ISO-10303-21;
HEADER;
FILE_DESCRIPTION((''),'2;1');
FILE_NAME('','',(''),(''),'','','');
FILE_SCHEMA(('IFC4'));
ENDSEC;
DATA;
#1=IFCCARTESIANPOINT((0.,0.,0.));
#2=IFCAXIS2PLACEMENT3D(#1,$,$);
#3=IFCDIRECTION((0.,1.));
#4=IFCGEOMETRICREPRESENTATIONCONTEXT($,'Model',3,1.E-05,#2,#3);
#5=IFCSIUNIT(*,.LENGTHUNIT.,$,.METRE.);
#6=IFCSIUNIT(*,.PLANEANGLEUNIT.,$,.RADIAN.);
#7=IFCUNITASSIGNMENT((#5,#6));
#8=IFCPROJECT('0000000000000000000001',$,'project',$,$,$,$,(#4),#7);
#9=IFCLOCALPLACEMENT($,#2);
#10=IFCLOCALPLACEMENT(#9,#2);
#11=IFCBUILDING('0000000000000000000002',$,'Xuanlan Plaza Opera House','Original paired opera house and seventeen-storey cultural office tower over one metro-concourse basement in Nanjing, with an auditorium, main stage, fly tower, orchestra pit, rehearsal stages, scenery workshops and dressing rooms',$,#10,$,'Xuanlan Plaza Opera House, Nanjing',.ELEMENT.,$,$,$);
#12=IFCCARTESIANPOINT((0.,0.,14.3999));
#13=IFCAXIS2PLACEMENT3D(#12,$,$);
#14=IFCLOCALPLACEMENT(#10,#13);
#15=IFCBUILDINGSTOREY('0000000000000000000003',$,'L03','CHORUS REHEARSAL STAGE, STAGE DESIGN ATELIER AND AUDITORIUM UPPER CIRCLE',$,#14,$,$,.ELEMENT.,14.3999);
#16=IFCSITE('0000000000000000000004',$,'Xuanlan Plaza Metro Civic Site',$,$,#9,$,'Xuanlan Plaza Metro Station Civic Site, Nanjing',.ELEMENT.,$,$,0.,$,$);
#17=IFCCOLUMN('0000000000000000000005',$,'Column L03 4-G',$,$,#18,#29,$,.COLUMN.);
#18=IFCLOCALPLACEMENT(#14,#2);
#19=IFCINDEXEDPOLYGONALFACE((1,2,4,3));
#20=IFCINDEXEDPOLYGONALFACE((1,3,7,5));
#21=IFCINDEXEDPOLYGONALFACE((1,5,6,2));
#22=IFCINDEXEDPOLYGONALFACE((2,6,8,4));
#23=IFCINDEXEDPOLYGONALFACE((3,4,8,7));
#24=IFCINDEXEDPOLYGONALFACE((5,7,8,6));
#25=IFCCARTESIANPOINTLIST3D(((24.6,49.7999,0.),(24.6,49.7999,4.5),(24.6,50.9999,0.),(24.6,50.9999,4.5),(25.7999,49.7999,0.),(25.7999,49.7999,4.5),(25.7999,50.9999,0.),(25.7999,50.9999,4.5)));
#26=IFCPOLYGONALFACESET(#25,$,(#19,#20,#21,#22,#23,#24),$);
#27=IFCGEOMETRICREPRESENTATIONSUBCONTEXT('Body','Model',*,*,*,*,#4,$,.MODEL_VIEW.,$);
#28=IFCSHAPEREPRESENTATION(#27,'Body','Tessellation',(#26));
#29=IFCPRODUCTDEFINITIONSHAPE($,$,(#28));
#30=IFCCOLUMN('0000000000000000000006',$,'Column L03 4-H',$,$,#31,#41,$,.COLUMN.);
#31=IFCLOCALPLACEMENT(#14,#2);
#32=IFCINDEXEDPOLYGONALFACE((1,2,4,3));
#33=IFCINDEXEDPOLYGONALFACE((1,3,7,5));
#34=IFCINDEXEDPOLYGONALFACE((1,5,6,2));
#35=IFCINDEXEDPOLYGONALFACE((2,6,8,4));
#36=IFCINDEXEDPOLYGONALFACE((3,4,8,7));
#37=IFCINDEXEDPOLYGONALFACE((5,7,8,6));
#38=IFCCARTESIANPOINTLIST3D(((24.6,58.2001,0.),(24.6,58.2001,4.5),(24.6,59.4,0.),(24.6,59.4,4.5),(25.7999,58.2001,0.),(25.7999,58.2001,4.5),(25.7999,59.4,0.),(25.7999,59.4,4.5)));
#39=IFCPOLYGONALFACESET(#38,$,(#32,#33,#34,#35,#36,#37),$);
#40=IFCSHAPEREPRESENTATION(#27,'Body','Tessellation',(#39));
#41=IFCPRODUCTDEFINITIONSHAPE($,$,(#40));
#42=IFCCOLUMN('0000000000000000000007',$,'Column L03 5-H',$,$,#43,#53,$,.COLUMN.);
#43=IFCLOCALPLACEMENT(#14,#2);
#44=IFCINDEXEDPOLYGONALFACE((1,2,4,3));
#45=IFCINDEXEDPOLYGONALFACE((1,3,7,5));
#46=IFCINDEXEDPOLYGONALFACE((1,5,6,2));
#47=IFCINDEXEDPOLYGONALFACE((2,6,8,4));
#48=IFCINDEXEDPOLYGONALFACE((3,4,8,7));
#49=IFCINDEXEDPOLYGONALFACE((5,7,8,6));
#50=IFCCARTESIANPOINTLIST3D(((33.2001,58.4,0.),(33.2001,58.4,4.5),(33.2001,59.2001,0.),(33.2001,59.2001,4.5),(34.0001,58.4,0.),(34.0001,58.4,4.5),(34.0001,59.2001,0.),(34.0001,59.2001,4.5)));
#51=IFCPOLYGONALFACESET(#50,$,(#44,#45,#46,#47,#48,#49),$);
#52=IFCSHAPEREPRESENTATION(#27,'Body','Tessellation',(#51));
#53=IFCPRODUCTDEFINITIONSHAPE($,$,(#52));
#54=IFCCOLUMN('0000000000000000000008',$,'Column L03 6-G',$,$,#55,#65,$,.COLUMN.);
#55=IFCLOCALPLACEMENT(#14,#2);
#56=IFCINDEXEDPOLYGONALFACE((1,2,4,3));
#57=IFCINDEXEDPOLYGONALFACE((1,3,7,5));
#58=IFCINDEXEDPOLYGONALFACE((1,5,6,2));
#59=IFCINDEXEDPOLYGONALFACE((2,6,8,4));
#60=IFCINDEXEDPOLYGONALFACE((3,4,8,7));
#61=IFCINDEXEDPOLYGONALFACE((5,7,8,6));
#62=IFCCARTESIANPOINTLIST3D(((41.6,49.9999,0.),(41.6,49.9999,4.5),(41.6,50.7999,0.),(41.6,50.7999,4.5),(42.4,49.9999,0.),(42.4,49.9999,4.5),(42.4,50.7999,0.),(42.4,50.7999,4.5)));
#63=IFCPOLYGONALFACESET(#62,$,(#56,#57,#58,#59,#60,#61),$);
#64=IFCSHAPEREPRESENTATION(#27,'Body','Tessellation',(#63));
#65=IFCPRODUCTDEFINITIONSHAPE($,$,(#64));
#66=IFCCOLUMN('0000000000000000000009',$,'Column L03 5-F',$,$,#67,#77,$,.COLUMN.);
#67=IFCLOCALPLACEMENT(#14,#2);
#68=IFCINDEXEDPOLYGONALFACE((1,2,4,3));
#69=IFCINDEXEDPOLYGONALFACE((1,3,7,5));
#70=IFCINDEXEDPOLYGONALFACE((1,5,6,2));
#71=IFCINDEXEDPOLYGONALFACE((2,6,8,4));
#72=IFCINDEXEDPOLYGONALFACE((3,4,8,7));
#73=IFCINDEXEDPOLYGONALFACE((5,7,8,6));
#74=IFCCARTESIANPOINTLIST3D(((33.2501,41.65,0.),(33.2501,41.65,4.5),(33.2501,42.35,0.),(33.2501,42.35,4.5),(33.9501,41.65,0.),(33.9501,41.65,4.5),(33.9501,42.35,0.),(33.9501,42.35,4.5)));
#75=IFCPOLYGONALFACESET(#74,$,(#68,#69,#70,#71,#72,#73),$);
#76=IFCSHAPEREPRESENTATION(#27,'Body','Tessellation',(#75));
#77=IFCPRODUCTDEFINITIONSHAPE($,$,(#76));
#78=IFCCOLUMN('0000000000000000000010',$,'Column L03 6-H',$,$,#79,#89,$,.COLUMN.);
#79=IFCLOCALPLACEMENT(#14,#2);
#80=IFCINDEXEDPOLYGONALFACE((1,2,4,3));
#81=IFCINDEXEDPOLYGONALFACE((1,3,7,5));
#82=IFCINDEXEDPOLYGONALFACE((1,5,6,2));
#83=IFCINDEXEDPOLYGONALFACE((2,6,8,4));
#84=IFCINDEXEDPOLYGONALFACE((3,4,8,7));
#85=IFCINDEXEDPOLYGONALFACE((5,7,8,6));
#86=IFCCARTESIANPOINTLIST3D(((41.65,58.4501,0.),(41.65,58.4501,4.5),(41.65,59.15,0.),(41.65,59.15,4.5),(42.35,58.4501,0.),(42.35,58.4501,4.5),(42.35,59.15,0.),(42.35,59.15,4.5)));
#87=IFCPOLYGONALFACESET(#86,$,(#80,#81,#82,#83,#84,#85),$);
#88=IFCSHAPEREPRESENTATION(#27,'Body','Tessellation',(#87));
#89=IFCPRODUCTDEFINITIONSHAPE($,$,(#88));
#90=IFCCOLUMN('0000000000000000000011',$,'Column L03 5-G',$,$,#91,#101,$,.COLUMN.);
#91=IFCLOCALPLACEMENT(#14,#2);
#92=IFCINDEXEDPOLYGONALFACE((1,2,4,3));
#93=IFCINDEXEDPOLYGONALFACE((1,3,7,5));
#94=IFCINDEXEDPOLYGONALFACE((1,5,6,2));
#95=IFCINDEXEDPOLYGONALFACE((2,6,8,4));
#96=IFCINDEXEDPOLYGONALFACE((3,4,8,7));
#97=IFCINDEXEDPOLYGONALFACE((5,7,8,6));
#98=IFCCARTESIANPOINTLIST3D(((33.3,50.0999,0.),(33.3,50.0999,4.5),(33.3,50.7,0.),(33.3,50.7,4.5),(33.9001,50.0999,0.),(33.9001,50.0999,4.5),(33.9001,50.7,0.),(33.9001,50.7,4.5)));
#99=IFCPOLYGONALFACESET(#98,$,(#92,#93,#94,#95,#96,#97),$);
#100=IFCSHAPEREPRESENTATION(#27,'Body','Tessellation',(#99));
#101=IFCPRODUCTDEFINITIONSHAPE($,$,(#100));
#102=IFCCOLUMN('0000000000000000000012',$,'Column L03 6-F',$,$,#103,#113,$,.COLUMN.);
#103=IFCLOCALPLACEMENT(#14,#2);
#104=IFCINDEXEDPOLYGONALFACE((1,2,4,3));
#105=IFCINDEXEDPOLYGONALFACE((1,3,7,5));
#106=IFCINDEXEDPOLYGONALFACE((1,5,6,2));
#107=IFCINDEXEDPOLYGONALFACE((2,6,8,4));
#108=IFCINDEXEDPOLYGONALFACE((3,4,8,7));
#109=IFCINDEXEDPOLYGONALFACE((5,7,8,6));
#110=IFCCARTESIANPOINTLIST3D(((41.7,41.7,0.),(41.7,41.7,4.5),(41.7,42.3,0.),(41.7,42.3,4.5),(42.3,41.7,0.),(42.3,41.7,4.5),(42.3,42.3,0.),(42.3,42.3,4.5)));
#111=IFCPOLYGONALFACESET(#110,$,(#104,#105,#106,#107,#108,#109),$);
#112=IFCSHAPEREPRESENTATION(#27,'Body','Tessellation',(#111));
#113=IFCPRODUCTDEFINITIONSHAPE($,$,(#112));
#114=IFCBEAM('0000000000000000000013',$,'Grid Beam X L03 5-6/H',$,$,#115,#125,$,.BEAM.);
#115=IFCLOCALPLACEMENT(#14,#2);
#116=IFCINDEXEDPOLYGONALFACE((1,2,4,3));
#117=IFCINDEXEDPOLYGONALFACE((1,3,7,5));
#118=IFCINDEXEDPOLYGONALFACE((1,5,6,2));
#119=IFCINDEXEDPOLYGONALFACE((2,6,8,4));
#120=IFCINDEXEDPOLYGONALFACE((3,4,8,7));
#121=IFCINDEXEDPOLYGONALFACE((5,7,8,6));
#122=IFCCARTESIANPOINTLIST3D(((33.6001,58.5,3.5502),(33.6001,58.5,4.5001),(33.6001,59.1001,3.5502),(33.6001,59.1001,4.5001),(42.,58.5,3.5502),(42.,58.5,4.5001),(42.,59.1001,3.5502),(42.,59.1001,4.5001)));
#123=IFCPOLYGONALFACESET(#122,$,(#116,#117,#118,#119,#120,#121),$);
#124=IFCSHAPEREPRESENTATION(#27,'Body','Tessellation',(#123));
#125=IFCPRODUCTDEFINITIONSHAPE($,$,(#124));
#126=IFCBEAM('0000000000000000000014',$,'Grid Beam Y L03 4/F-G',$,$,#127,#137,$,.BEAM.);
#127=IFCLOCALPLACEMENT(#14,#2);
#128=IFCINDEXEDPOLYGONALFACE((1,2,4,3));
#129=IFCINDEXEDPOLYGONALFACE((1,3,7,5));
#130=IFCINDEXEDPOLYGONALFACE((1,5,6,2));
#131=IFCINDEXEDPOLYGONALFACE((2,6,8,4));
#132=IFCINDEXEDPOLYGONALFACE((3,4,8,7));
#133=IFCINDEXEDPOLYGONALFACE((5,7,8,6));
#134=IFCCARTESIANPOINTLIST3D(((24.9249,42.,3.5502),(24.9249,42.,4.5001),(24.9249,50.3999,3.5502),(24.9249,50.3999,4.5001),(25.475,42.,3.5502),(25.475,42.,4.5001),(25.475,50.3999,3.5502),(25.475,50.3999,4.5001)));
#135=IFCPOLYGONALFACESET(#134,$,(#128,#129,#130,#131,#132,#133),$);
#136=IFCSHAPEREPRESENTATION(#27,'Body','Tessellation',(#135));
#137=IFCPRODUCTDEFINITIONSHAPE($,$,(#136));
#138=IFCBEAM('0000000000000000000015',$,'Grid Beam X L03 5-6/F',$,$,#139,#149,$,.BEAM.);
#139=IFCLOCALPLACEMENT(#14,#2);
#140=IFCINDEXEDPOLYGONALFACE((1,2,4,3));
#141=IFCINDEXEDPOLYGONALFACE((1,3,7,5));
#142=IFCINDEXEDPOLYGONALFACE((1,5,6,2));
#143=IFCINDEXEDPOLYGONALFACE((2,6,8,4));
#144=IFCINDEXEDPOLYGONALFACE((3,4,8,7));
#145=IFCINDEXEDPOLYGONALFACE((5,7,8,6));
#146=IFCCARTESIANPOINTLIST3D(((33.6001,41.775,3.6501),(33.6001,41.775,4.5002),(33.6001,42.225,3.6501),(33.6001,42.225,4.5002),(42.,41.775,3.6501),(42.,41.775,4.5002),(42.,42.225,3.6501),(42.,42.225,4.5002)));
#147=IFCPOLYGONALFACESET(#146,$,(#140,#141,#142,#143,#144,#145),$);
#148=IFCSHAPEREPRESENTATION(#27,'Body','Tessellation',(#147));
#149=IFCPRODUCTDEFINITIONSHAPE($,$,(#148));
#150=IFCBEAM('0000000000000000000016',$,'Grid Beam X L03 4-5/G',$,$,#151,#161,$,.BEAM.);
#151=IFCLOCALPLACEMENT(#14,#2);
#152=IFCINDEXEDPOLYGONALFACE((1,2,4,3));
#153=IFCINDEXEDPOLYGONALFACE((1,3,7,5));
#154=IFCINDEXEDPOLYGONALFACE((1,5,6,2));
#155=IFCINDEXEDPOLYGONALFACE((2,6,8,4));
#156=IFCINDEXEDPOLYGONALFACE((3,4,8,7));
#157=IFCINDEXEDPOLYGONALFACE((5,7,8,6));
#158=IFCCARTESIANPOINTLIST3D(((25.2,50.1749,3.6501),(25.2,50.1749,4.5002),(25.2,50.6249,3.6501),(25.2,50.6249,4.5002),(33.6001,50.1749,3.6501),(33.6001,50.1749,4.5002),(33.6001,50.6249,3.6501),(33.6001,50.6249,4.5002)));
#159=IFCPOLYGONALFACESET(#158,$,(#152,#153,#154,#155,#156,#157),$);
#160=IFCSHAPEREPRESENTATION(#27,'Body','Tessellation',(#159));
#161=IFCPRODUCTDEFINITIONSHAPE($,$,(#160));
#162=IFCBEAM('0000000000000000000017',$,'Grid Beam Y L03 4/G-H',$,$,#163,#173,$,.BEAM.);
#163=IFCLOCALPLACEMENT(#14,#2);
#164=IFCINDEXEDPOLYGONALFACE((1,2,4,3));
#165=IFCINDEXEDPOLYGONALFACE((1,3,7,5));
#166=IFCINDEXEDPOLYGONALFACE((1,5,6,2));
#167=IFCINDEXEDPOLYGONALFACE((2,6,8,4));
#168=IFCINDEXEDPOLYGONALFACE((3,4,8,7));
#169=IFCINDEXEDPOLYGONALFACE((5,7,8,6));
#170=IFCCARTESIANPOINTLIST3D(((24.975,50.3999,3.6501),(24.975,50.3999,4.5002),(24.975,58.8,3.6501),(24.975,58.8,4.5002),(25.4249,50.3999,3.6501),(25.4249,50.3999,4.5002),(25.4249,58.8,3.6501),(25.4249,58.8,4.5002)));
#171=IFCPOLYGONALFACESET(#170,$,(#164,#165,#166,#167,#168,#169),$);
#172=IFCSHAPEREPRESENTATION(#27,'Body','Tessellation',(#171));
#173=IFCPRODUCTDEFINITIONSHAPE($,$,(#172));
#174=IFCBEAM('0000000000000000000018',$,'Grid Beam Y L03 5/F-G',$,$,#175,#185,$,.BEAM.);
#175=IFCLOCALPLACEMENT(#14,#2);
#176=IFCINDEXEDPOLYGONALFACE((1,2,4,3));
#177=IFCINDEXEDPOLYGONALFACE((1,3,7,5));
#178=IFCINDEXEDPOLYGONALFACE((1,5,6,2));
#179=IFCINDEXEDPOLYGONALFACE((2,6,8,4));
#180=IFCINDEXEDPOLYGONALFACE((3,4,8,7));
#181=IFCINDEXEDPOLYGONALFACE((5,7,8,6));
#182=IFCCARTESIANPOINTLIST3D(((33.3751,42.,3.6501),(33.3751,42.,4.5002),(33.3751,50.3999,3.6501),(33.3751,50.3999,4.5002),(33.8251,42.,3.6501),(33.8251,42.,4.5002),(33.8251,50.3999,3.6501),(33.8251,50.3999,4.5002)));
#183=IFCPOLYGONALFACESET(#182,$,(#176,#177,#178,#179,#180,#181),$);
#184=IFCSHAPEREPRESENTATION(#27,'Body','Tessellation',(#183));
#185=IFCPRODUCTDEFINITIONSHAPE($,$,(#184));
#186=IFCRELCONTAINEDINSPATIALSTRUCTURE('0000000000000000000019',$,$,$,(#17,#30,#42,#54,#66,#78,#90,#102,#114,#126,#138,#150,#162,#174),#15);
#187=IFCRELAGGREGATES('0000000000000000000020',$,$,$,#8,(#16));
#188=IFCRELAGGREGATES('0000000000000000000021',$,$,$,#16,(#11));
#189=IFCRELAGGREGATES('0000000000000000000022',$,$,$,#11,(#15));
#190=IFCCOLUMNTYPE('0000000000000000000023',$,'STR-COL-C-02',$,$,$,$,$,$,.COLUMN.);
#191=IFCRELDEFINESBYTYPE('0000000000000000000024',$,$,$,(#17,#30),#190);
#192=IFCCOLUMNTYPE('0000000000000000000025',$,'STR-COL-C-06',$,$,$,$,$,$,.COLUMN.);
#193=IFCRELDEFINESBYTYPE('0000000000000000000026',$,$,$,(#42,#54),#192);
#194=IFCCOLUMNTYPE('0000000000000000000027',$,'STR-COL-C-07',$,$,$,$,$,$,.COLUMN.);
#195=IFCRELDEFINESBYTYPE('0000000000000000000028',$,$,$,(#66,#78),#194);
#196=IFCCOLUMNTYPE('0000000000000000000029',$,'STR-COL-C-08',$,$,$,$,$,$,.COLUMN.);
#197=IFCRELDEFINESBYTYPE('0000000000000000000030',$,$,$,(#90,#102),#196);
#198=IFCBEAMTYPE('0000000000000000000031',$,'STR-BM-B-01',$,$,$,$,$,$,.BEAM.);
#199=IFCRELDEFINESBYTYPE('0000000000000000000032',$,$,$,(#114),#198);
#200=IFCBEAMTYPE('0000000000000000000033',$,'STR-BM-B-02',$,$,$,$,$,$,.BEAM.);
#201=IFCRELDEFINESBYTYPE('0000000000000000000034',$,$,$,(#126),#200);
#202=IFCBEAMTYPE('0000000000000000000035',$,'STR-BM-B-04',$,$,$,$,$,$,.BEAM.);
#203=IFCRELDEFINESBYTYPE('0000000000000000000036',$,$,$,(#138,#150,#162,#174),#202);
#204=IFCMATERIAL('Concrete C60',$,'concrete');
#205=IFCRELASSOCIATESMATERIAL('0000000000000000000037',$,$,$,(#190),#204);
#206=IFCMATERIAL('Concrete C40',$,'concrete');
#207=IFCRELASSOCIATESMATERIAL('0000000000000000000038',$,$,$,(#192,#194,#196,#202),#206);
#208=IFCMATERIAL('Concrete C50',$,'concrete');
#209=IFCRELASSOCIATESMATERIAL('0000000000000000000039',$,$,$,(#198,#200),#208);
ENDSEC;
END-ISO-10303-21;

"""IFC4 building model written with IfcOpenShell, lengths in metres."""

from ifc_helpers import new_model, si_unit, direction, frame, origin, origin_2d, place, context, subcontext, project, spatial, rectangle, extrude, material, material_profile, profile_set, type_object, element, save


model = new_model("IFC4")

# Units and contexts
model_context = context("Model", 3, precision=1e-05, world=origin(), true_north=direction((0.0, 1.0)))
body_context = subcontext(model_context, "Body", "Model", "MODEL_VIEW")
ifc_project = project(units=[si_unit("LENGTHUNIT", "METRE"), si_unit("PLANEANGLEUNIT", "RADIAN")], contexts=[model_context])

# Site, building, storey
site_placement = place(None, origin())
site = spatial("IfcSite", under=ifc_project, at=site_placement, Name="Xuanlan Plaza Metro Civic Site", LongName="Xuanlan Plaza Metro Station Civic Site, Nanjing", CompositionType="ELEMENT", RefElevation=0.0)
building_placement = place(site_placement, origin())
building = spatial("IfcBuilding", under=site, at=building_placement, Name="Xuanlan Plaza Opera House", Description="Original paired opera house and seventeen-storey cultural office tower over one metro-concourse basement in Nanjing, with an auditorium, main stage, fly tower, orchestra pit, rehearsal stages, scenery workshops and dressing rooms", LongName="Xuanlan Plaza Opera House, Nanjing", CompositionType="ELEMENT")
storey_placement = place(building_placement, frame((0.0, 0.0, 14.3999)))
storey = spatial("IfcBuildingStorey", under=building, at=storey_placement, Name="L03", Description="CHORUS REHEARSAL STAGE, STAGE DESIGN ATELIER AND AUDITORIUM UPPER CIRCLE", CompositionType="ELEMENT", Elevation=14.3999)

# Columns
ifc_material_1 = material(Name="Concrete C60", Category="concrete")
ifc_material_profile_1 = material_profile(ifc_material_1, rectangle(XDim=1.2, YDim=1.2, at=origin_2d()), Name="RC-COL 1200x1200")
ifc_profile_set_1 = profile_set([ifc_material_profile_1], Name="Concrete C60")
column_type_1 = type_object("IfcColumnType", Name="STR-COL-C-02", PredefinedType="COLUMN", material=ifc_profile_set_1)
for number, where, z_axis, x_axis, name in (
    (1, (25.2, 50.3999, 0.0), (0.0, 0.0, 1.0), (1.0, 0.0, 0.0), "Column L03 4-G"),
    (2, (25.2, 58.8, 0.0), (0.0, 0.0, 1.0), (1.0, 0.0, 0.0), "Column L03 4-H"),
):
    element("IfcColumn", number, at=place(storey_placement, frame(where, z_axis=z_axis, x_axis=x_axis)), inside=storey, type_object=column_type_1, Name=name, PredefinedType="COLUMN", context=body_context, shape_type="SweptSolid", body=[
        extrude(rectangle(XDim=1.2, YDim=1.2, at=origin_2d()), origin(), (0.0, 0.0, 1.0), 4.5),
    ])
ifc_material_2 = material(Name="Concrete C40", Category="concrete")
ifc_material_profile_2 = material_profile(ifc_material_2, rectangle(XDim=0.8, YDim=0.8, at=origin_2d()), Name="RC-COL 800x800")
ifc_profile_set_2 = profile_set([ifc_material_profile_2], Name="Concrete C40")
column_type_2 = type_object("IfcColumnType", Name="STR-COL-C-06", PredefinedType="COLUMN", material=ifc_profile_set_2)
for number, where, z_axis, x_axis, name in (
    (3, (33.6001, 58.8, 0.0), (0.0, 0.0, 1.0), (1.0, 0.0, 0.0), "Column L03 5-H"),
    (4, (42.0, 50.3999, 0.0), (0.0, 0.0, 1.0), (1.0, 0.0, 0.0), "Column L03 6-G"),
):
    element("IfcColumn", number, at=place(storey_placement, frame(where, z_axis=z_axis, x_axis=x_axis)), inside=storey, type_object=column_type_2, Name=name, PredefinedType="COLUMN", context=body_context, shape_type="SweptSolid", body=[
        extrude(rectangle(XDim=0.8, YDim=0.8, at=origin_2d()), origin(), (0.0, 0.0, 1.0), 4.5),
    ])
ifc_material_profile_3 = material_profile(ifc_material_2, rectangle(XDim=0.7, YDim=0.7, at=origin_2d()), Name="RC-COL 700x700")
ifc_profile_set_3 = profile_set([ifc_material_profile_3], Name="Concrete C40")
column_type_3 = type_object("IfcColumnType", Name="STR-COL-C-07", PredefinedType="COLUMN", material=ifc_profile_set_3)
for number, where, z_axis, x_axis, name in (
    (5, (33.6001, 42.0, 0.0), (0.0, 0.0, 1.0), (1.0, 0.0, 0.0), "Column L03 5-F"),
    (6, (42.0, 58.8, 0.0), (0.0, 0.0, 1.0), (1.0, 0.0, 0.0), "Column L03 6-H"),
):
    element("IfcColumn", number, at=place(storey_placement, frame(where, z_axis=z_axis, x_axis=x_axis)), inside=storey, type_object=column_type_3, Name=name, PredefinedType="COLUMN", context=body_context, shape_type="SweptSolid", body=[
        extrude(rectangle(XDim=0.7, YDim=0.7, at=origin_2d()), origin(), (0.0, 0.0, 1.0), 4.5),
    ])
ifc_material_profile_4 = material_profile(ifc_material_2, rectangle(XDim=0.6001, YDim=0.6001, at=origin_2d()), Name="RC-COL 600x600")
ifc_profile_set_4 = profile_set([ifc_material_profile_4], Name="Concrete C40")
column_type_4 = type_object("IfcColumnType", Name="STR-COL-C-08", PredefinedType="COLUMN", material=ifc_profile_set_4)
for number, where, z_axis, x_axis, name in (
    (7, (33.6001, 50.3999, 0.0), (0.0, 0.0, 1.0), (1.0, 0.0, 0.0), "Column L03 5-G"),
    (8, (42.0, 42.0, 0.0), (0.0, 0.0, 1.0), (1.0, 0.0, 0.0), "Column L03 6-F"),
):
    element("IfcColumn", number, at=place(storey_placement, frame(where, z_axis=z_axis, x_axis=x_axis)), inside=storey, type_object=column_type_4, Name=name, PredefinedType="COLUMN", context=body_context, shape_type="SweptSolid", body=[
        extrude(rectangle(XDim=0.6001, YDim=0.6001, at=origin_2d()), origin(), (0.0, 0.0, 1.0), 4.5),
    ])

# Beams
ifc_material_3 = material(Name="Concrete C50", Category="concrete")
ifc_material_profile_5 = material_profile(ifc_material_3, rectangle(XDim=0.6001, YDim=0.95, at=origin_2d()), Name="RC-BM 600x950")
ifc_profile_set_5 = profile_set([ifc_material_profile_5], Name="Concrete C50")
beam_type_1 = type_object("IfcBeamType", Name="STR-BM-B-01", PredefinedType="BEAM", material=ifc_profile_set_5)
beam_1_placement = place(storey_placement, frame((33.6001, 58.8, 4.0251), z_axis=(1.0, 0.0, 0.0), x_axis=(0.0, 1.0, 0.0)))
element("IfcBeam", 9, at=beam_1_placement, inside=storey, type_object=beam_type_1, Name="Grid Beam X L03 5-6/H", PredefinedType="BEAM", context=body_context, shape_type="SweptSolid", body=[
    extrude(rectangle(XDim=0.6001, YDim=0.95, at=origin_2d()), origin(), (0.0, 0.0, 1.0), 8.3999),
])
ifc_material_profile_6 = material_profile(ifc_material_3, rectangle(XDim=0.55, YDim=0.95, at=origin_2d()), Name="RC-BM 550x950")
ifc_profile_set_6 = profile_set([ifc_material_profile_6], Name="Concrete C50")
beam_type_2 = type_object("IfcBeamType", Name="STR-BM-B-02", PredefinedType="BEAM", material=ifc_profile_set_6)
beam_2_placement = place(storey_placement, frame((25.2, 42.0, 4.0251), z_axis=(0.0, 1.0, 0.0), x_axis=(-1.0, 0.0, 0.0)))
element("IfcBeam", 10, at=beam_2_placement, inside=storey, type_object=beam_type_2, Name="Grid Beam Y L03 4/F-G", PredefinedType="BEAM", context=body_context, shape_type="SweptSolid", body=[
    extrude(rectangle(XDim=0.55, YDim=0.95, at=origin_2d()), origin(), (0.0, 0.0, 1.0), 8.3999),
])
ifc_material_profile_7 = material_profile(ifc_material_2, rectangle(XDim=0.45, YDim=0.8501, at=origin_2d()), Name="RC-BM 450x850")
ifc_profile_set_7 = profile_set([ifc_material_profile_7], Name="Concrete C40")
beam_type_3 = type_object("IfcBeamType", Name="STR-BM-B-04", PredefinedType="BEAM", material=ifc_profile_set_7)
beam_3_placement = place(storey_placement, frame((33.6001, 42.0, 4.0752), z_axis=(1.0, 0.0, 0.0), x_axis=(0.0, 1.0, 0.0)))
element("IfcBeam", 11, at=beam_3_placement, inside=storey, type_object=beam_type_3, Name="Grid Beam X L03 5-6/F", PredefinedType="BEAM", context=body_context, shape_type="SweptSolid", body=[
    extrude(rectangle(XDim=0.45, YDim=0.8501, at=origin_2d()), origin(), (0.0, 0.0, 1.0), 8.3999),
])
for number, where, z_axis, x_axis, name in (
    (12, (25.2, 50.3999, 4.0752), (1.0, 0.0, 0.0), (0.0, 1.0, 0.0), "Grid Beam X L03 4-5/G"),
    (13, (25.2, 50.3999, 4.0752), (0.0, 1.0, 0.0), (-1.0, 0.0, 0.0), "Grid Beam Y L03 4/G-H"),
):
    element("IfcBeam", number, at=place(storey_placement, frame(where, z_axis=z_axis, x_axis=x_axis)), inside=storey, type_object=beam_type_3, Name=name, PredefinedType="BEAM", context=body_context, shape_type="SweptSolid", body=[
        extrude(rectangle(XDim=0.45, YDim=0.8501, at=origin_2d()), origin(), (0.0, 0.0, 1.0), 8.4001),
    ])
beam_4_placement = place(storey_placement, frame((33.6001, 42.0, 4.0752), z_axis=(0.0, 1.0, 0.0), x_axis=(-1.0, 0.0, 0.0)))
element("IfcBeam", 14, at=beam_4_placement, inside=storey, type_object=beam_type_3, Name="Grid Beam Y L03 5/F-G", PredefinedType="BEAM", context=body_context, shape_type="SweptSolid", body=[
    extrude(rectangle(XDim=0.45, YDim=0.8501, at=origin_2d()), origin(), (0.0, 0.0, 1.0), 8.3999),
])

save(model, "model.ifc")
